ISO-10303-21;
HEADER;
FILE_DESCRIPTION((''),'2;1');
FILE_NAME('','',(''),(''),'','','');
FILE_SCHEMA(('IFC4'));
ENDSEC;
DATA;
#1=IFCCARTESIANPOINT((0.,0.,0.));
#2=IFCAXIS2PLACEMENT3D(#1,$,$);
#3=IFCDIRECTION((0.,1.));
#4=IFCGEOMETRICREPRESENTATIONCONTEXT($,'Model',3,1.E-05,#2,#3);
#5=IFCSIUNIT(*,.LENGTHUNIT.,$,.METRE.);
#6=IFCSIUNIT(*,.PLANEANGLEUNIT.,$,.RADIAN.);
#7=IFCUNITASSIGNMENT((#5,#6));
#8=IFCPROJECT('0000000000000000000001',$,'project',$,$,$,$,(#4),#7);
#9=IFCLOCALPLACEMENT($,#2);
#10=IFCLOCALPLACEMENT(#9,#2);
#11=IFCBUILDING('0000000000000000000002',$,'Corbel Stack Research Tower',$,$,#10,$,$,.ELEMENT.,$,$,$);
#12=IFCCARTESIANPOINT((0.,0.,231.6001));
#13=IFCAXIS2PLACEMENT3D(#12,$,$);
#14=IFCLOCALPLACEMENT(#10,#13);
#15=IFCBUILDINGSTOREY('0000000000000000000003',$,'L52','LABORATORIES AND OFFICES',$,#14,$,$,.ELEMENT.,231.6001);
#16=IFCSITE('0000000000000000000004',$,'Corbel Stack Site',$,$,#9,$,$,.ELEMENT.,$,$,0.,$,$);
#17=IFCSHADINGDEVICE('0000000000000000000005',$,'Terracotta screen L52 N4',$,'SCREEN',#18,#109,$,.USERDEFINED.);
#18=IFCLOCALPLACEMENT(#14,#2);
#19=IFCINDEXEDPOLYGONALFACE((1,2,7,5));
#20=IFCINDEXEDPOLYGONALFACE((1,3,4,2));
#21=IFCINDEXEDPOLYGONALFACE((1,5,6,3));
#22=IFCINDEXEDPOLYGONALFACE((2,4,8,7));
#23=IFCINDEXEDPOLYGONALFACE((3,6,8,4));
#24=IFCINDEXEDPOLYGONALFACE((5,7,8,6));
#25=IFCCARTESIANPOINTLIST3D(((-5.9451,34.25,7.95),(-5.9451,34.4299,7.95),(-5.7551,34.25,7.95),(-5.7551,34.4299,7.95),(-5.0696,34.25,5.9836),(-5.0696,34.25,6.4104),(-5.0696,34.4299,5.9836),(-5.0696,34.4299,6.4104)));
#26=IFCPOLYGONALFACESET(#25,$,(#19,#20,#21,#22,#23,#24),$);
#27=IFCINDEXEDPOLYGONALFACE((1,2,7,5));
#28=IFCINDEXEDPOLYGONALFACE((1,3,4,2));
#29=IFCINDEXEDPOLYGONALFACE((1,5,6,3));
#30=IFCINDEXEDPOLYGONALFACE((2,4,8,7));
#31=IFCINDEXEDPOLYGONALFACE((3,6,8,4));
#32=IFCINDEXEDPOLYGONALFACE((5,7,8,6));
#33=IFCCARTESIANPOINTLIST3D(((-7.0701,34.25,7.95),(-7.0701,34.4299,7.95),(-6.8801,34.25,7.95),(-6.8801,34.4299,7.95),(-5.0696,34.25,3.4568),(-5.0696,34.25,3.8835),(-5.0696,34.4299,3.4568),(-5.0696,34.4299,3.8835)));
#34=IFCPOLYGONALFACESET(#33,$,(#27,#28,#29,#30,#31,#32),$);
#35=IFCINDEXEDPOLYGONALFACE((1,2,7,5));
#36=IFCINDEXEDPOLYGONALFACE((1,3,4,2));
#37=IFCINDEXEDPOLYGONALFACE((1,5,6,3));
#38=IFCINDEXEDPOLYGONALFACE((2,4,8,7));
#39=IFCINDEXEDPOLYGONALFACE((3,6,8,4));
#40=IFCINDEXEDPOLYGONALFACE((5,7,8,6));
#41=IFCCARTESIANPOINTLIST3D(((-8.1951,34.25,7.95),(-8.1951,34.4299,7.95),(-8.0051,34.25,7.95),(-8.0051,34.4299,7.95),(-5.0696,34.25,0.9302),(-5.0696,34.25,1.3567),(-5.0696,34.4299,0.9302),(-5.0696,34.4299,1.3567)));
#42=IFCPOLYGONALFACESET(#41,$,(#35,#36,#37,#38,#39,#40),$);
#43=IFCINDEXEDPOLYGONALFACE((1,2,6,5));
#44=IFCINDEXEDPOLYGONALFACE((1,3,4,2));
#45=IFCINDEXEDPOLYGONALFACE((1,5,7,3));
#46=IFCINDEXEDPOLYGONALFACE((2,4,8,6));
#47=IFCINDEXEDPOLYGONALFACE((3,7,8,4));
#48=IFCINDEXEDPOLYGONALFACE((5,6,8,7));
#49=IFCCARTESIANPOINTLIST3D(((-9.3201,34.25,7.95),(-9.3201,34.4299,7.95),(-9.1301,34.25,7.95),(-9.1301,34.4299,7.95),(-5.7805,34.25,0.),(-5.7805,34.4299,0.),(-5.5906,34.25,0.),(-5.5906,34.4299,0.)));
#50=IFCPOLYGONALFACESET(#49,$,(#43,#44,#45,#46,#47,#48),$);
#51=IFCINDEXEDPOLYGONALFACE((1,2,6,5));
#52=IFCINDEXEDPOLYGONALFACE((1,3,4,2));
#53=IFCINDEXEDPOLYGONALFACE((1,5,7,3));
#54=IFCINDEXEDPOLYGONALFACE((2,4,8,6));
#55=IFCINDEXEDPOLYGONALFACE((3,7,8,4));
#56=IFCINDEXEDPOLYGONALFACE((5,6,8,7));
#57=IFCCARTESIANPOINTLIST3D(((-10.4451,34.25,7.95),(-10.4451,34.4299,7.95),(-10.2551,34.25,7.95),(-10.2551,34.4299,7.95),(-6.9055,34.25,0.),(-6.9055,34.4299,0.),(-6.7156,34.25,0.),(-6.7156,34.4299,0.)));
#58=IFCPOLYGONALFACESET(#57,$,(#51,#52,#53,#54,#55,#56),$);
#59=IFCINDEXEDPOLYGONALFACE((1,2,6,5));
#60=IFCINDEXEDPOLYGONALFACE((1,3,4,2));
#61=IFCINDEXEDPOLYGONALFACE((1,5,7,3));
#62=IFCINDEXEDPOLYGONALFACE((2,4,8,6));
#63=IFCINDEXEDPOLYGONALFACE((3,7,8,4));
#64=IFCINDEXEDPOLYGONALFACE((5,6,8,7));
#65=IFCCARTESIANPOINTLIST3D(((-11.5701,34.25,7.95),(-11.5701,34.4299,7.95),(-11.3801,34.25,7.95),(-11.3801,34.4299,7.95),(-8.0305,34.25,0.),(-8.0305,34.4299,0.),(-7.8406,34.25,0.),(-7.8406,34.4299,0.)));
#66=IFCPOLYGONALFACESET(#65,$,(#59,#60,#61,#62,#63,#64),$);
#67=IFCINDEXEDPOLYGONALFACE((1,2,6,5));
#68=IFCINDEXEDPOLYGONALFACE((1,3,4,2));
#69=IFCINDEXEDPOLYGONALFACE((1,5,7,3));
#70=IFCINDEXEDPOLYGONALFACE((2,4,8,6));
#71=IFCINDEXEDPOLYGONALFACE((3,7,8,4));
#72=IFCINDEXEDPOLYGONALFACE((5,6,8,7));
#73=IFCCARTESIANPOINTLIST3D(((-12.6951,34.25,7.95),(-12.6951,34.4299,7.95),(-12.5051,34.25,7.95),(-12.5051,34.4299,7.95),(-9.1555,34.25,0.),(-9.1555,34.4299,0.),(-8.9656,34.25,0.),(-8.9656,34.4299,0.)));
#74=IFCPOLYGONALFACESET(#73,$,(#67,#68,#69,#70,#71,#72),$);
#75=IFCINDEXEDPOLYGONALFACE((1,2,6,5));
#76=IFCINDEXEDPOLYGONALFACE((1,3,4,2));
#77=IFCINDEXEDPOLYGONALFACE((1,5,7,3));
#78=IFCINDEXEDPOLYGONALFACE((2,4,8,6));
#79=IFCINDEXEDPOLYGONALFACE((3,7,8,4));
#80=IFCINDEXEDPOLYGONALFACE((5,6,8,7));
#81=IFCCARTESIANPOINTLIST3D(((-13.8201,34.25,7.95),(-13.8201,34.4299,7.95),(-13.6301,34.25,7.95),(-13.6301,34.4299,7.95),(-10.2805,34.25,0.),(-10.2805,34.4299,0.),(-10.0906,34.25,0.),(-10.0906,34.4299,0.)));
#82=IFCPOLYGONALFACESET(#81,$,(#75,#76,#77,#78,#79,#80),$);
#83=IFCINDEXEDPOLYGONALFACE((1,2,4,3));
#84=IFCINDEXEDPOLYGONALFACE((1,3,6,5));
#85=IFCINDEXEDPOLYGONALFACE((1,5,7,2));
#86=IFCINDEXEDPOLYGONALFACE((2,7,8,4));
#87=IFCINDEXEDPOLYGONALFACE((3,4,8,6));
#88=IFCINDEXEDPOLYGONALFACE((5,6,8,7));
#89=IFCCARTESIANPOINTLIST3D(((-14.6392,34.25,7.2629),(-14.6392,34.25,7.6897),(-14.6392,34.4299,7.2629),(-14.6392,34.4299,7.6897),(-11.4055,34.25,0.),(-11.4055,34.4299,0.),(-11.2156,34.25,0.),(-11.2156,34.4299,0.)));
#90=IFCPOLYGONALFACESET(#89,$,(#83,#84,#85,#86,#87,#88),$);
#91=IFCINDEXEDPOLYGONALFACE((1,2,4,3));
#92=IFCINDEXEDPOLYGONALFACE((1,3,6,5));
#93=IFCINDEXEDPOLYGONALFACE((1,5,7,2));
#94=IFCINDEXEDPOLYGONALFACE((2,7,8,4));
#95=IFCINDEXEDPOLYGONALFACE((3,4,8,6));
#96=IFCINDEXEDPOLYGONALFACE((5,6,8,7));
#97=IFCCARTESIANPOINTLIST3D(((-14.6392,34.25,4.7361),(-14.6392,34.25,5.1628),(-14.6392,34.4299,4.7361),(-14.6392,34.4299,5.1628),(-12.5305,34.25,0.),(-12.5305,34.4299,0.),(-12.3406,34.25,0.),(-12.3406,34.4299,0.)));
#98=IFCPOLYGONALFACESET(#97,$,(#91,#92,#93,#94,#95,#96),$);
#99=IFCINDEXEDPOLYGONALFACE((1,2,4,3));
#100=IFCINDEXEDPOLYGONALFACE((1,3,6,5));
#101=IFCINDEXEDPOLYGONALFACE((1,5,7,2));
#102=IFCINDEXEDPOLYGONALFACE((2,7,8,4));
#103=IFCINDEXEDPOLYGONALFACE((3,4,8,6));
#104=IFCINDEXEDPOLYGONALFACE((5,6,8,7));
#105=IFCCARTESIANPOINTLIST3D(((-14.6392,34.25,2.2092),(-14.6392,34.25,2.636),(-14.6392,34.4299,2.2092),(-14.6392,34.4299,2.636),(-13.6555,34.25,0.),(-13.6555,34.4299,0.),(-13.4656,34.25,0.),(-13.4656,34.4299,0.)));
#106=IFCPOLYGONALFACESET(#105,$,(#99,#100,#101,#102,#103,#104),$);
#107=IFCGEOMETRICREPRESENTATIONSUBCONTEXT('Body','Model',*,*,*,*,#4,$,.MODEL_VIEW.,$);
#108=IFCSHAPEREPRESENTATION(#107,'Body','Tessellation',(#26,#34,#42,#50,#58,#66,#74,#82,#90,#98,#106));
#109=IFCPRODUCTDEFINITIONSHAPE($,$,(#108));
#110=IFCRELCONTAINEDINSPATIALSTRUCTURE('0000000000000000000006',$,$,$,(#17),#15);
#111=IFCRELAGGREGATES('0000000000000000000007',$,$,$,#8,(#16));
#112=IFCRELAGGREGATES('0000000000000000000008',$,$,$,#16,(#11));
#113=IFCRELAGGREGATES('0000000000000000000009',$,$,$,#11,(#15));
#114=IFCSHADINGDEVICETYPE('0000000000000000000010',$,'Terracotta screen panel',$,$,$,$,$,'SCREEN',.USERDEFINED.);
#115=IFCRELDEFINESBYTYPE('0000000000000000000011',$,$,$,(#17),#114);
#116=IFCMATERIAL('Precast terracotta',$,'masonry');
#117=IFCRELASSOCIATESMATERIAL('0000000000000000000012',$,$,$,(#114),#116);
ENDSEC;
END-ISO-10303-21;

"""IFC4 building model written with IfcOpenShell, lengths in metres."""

from ifc_helpers import new_model, si_unit, direction, frame, origin, place, context, subcontext, project, spatial, polyline, outline, extrude, source, transform, mapped, material, type_object, element, save


model = new_model("IFC4")

# Units and contexts
model_context = context("Model", 3, precision=1e-05, world=origin(), true_north=direction((0.0, 1.0)))
body_context = subcontext(model_context, "Body", "Model", "MODEL_VIEW")
ifc_project = project(units=[si_unit("LENGTHUNIT", "METRE"), si_unit("PLANEANGLEUNIT", "RADIAN")], contexts=[model_context])

# Site, building, storey
site_placement = place(None, origin())
site = spatial("IfcSite", under=ifc_project, at=site_placement, Name="Corbel Stack Site", CompositionType="ELEMENT", RefElevation=0.0)
building_placement = place(site_placement, origin())
building = spatial("IfcBuilding", under=site, at=building_placement, Name="Corbel Stack Research Tower", CompositionType="ELEMENT")
storey_placement = place(building_placement, frame((0.0, 0.0, 231.6001)))
storey = spatial("IfcBuildingStorey", under=building, at=storey_placement, Name="L52", Description="LABORATORIES AND OFFICES", CompositionType="ELEMENT", Elevation=231.6001)

# Shading device
ifc_material_1 = material(Name="Precast terracotta", Category="masonry")
shading_device_type = type_object("IfcShadingDeviceType", Name="Terracotta screen panel", ElementType="SCREEN", PredefinedType="USERDEFINED", material=ifc_material_1)
shared_shape = source(origin(), body_context, "Body", "SweptSolid", [
    extrude(outline(polyline([(0.8755, 7.95), (0.6855, 7.95), (0.0, 6.4104), (0.0, 5.9836), (0.8755, 7.95)])), frame((0.0, 0.0, 0.0), z_axis=(0.0, -1.0, 0.0), x_axis=(1.0, 0.0, 0.0)), (0.0, 0.0, 1.0), 0.1799),
    extrude(outline(polyline([(2.0005, 7.95), (1.8105, 7.95), (0.0, 3.8835), (0.0, 3.4568), (2.0005, 7.95)])), frame((0.0, 0.0, 0.0), z_axis=(0.0, -1.0, 0.0), x_axis=(1.0, 0.0, 0.0)), (0.0, 0.0, 1.0), 0.1799),
    extrude(outline(polyline([(3.1255, 7.95), (2.9355, 7.95), (0.0, 1.3567), (0.0, 0.9302), (3.1255, 7.95)])), frame((0.0, 0.0, 0.0), z_axis=(0.0, -1.0, 0.0), x_axis=(1.0, 0.0, 0.0)), (0.0, 0.0, 1.0), 0.1799),
    extrude(outline(polyline([(0.7109, 0.0), (4.2505, 7.95), (4.0605, 7.95), (0.521, 0.0), (0.7109, 0.0)])), frame((0.0, 0.0, 0.0), z_axis=(0.0, -1.0, 0.0), x_axis=(1.0, 0.0, 0.0)), (0.0, 0.0, 1.0), 0.1799),
    extrude(outline(polyline([(1.8359, 0.0), (5.3755, 7.95), (5.1855, 7.95), (1.646, 0.0), (1.8359, 0.0)])), frame((0.0, 0.0, 0.0), z_axis=(0.0, -1.0, 0.0), x_axis=(1.0, 0.0, 0.0)), (0.0, 0.0, 1.0), 0.1799),
    extrude(outline(polyline([(2.9609, 0.0), (6.5005, 7.95), (6.3105, 7.95), (2.771, 0.0), (2.9609, 0.0)])), frame((0.0, 0.0, 0.0), z_axis=(0.0, -1.0, 0.0), x_axis=(1.0, 0.0, 0.0)), (0.0, 0.0, 1.0), 0.1799),
    extrude(outline(polyline([(4.0859, 0.0), (7.6255, 7.95), (7.4355, 7.95), (3.896, 0.0), (4.0859, 0.0)])), frame((0.0, 0.0, 0.0), z_axis=(0.0, -1.0, 0.0), x_axis=(1.0, 0.0, 0.0)), (0.0, 0.0, 1.0), 0.1799),
    extrude(outline(polyline([(5.2109, 0.0), (8.7505, 7.95), (8.5605, 7.95), (5.021, 0.0), (5.2109, 0.0)])), frame((0.0, 0.0, 0.0), z_axis=(0.0, -1.0, 0.0), x_axis=(1.0, 0.0, 0.0)), (0.0, 0.0, 1.0), 0.1799),
    extrude(outline(polyline([(6.3359, 0.0), (9.5696, 7.2629), (9.5696, 7.6897), (6.146, 0.0), (6.3359, 0.0)])), frame((0.0, 0.0, 0.0), z_axis=(0.0, -1.0, 0.0), x_axis=(1.0, 0.0, 0.0)), (0.0, 0.0, 1.0), 0.1799),
    extrude(outline(polyline([(7.4609, 0.0), (9.5696, 4.7361), (9.5696, 5.1628), (7.271, 0.0), (7.4609, 0.0)])), frame((0.0, 0.0, 0.0), z_axis=(0.0, -1.0, 0.0), x_axis=(1.0, 0.0, 0.0)), (0.0, 0.0, 1.0), 0.1799),
    extrude(outline(polyline([(8.5859, 0.0), (9.5696, 2.2092), (9.5696, 2.636), (8.396, 0.0), (8.5859, 0.0)])), frame((0.0, 0.0, 0.0), z_axis=(0.0, -1.0, 0.0), x_axis=(1.0, 0.0, 0.0)), (0.0, 0.0, 1.0), 0.1799),
])
shading_device_placement = place(storey_placement, frame((-5.0696, 34.25, 0.0), z_axis=(0.0, 0.0, 1.0), x_axis=(-1.0, 0.0, 0.0)))
element("IfcShadingDevice", 1, at=shading_device_placement, inside=storey, type_object=shading_device_type, Name="Terracotta screen L52 N4", ObjectType="SCREEN", PredefinedType="USERDEFINED", context=body_context, shape_type="MappedRepresentation", body=[
    mapped(shared_shape, transform((0.0, 0.0, 0.0))),
])

save(model, "model.ifc")
